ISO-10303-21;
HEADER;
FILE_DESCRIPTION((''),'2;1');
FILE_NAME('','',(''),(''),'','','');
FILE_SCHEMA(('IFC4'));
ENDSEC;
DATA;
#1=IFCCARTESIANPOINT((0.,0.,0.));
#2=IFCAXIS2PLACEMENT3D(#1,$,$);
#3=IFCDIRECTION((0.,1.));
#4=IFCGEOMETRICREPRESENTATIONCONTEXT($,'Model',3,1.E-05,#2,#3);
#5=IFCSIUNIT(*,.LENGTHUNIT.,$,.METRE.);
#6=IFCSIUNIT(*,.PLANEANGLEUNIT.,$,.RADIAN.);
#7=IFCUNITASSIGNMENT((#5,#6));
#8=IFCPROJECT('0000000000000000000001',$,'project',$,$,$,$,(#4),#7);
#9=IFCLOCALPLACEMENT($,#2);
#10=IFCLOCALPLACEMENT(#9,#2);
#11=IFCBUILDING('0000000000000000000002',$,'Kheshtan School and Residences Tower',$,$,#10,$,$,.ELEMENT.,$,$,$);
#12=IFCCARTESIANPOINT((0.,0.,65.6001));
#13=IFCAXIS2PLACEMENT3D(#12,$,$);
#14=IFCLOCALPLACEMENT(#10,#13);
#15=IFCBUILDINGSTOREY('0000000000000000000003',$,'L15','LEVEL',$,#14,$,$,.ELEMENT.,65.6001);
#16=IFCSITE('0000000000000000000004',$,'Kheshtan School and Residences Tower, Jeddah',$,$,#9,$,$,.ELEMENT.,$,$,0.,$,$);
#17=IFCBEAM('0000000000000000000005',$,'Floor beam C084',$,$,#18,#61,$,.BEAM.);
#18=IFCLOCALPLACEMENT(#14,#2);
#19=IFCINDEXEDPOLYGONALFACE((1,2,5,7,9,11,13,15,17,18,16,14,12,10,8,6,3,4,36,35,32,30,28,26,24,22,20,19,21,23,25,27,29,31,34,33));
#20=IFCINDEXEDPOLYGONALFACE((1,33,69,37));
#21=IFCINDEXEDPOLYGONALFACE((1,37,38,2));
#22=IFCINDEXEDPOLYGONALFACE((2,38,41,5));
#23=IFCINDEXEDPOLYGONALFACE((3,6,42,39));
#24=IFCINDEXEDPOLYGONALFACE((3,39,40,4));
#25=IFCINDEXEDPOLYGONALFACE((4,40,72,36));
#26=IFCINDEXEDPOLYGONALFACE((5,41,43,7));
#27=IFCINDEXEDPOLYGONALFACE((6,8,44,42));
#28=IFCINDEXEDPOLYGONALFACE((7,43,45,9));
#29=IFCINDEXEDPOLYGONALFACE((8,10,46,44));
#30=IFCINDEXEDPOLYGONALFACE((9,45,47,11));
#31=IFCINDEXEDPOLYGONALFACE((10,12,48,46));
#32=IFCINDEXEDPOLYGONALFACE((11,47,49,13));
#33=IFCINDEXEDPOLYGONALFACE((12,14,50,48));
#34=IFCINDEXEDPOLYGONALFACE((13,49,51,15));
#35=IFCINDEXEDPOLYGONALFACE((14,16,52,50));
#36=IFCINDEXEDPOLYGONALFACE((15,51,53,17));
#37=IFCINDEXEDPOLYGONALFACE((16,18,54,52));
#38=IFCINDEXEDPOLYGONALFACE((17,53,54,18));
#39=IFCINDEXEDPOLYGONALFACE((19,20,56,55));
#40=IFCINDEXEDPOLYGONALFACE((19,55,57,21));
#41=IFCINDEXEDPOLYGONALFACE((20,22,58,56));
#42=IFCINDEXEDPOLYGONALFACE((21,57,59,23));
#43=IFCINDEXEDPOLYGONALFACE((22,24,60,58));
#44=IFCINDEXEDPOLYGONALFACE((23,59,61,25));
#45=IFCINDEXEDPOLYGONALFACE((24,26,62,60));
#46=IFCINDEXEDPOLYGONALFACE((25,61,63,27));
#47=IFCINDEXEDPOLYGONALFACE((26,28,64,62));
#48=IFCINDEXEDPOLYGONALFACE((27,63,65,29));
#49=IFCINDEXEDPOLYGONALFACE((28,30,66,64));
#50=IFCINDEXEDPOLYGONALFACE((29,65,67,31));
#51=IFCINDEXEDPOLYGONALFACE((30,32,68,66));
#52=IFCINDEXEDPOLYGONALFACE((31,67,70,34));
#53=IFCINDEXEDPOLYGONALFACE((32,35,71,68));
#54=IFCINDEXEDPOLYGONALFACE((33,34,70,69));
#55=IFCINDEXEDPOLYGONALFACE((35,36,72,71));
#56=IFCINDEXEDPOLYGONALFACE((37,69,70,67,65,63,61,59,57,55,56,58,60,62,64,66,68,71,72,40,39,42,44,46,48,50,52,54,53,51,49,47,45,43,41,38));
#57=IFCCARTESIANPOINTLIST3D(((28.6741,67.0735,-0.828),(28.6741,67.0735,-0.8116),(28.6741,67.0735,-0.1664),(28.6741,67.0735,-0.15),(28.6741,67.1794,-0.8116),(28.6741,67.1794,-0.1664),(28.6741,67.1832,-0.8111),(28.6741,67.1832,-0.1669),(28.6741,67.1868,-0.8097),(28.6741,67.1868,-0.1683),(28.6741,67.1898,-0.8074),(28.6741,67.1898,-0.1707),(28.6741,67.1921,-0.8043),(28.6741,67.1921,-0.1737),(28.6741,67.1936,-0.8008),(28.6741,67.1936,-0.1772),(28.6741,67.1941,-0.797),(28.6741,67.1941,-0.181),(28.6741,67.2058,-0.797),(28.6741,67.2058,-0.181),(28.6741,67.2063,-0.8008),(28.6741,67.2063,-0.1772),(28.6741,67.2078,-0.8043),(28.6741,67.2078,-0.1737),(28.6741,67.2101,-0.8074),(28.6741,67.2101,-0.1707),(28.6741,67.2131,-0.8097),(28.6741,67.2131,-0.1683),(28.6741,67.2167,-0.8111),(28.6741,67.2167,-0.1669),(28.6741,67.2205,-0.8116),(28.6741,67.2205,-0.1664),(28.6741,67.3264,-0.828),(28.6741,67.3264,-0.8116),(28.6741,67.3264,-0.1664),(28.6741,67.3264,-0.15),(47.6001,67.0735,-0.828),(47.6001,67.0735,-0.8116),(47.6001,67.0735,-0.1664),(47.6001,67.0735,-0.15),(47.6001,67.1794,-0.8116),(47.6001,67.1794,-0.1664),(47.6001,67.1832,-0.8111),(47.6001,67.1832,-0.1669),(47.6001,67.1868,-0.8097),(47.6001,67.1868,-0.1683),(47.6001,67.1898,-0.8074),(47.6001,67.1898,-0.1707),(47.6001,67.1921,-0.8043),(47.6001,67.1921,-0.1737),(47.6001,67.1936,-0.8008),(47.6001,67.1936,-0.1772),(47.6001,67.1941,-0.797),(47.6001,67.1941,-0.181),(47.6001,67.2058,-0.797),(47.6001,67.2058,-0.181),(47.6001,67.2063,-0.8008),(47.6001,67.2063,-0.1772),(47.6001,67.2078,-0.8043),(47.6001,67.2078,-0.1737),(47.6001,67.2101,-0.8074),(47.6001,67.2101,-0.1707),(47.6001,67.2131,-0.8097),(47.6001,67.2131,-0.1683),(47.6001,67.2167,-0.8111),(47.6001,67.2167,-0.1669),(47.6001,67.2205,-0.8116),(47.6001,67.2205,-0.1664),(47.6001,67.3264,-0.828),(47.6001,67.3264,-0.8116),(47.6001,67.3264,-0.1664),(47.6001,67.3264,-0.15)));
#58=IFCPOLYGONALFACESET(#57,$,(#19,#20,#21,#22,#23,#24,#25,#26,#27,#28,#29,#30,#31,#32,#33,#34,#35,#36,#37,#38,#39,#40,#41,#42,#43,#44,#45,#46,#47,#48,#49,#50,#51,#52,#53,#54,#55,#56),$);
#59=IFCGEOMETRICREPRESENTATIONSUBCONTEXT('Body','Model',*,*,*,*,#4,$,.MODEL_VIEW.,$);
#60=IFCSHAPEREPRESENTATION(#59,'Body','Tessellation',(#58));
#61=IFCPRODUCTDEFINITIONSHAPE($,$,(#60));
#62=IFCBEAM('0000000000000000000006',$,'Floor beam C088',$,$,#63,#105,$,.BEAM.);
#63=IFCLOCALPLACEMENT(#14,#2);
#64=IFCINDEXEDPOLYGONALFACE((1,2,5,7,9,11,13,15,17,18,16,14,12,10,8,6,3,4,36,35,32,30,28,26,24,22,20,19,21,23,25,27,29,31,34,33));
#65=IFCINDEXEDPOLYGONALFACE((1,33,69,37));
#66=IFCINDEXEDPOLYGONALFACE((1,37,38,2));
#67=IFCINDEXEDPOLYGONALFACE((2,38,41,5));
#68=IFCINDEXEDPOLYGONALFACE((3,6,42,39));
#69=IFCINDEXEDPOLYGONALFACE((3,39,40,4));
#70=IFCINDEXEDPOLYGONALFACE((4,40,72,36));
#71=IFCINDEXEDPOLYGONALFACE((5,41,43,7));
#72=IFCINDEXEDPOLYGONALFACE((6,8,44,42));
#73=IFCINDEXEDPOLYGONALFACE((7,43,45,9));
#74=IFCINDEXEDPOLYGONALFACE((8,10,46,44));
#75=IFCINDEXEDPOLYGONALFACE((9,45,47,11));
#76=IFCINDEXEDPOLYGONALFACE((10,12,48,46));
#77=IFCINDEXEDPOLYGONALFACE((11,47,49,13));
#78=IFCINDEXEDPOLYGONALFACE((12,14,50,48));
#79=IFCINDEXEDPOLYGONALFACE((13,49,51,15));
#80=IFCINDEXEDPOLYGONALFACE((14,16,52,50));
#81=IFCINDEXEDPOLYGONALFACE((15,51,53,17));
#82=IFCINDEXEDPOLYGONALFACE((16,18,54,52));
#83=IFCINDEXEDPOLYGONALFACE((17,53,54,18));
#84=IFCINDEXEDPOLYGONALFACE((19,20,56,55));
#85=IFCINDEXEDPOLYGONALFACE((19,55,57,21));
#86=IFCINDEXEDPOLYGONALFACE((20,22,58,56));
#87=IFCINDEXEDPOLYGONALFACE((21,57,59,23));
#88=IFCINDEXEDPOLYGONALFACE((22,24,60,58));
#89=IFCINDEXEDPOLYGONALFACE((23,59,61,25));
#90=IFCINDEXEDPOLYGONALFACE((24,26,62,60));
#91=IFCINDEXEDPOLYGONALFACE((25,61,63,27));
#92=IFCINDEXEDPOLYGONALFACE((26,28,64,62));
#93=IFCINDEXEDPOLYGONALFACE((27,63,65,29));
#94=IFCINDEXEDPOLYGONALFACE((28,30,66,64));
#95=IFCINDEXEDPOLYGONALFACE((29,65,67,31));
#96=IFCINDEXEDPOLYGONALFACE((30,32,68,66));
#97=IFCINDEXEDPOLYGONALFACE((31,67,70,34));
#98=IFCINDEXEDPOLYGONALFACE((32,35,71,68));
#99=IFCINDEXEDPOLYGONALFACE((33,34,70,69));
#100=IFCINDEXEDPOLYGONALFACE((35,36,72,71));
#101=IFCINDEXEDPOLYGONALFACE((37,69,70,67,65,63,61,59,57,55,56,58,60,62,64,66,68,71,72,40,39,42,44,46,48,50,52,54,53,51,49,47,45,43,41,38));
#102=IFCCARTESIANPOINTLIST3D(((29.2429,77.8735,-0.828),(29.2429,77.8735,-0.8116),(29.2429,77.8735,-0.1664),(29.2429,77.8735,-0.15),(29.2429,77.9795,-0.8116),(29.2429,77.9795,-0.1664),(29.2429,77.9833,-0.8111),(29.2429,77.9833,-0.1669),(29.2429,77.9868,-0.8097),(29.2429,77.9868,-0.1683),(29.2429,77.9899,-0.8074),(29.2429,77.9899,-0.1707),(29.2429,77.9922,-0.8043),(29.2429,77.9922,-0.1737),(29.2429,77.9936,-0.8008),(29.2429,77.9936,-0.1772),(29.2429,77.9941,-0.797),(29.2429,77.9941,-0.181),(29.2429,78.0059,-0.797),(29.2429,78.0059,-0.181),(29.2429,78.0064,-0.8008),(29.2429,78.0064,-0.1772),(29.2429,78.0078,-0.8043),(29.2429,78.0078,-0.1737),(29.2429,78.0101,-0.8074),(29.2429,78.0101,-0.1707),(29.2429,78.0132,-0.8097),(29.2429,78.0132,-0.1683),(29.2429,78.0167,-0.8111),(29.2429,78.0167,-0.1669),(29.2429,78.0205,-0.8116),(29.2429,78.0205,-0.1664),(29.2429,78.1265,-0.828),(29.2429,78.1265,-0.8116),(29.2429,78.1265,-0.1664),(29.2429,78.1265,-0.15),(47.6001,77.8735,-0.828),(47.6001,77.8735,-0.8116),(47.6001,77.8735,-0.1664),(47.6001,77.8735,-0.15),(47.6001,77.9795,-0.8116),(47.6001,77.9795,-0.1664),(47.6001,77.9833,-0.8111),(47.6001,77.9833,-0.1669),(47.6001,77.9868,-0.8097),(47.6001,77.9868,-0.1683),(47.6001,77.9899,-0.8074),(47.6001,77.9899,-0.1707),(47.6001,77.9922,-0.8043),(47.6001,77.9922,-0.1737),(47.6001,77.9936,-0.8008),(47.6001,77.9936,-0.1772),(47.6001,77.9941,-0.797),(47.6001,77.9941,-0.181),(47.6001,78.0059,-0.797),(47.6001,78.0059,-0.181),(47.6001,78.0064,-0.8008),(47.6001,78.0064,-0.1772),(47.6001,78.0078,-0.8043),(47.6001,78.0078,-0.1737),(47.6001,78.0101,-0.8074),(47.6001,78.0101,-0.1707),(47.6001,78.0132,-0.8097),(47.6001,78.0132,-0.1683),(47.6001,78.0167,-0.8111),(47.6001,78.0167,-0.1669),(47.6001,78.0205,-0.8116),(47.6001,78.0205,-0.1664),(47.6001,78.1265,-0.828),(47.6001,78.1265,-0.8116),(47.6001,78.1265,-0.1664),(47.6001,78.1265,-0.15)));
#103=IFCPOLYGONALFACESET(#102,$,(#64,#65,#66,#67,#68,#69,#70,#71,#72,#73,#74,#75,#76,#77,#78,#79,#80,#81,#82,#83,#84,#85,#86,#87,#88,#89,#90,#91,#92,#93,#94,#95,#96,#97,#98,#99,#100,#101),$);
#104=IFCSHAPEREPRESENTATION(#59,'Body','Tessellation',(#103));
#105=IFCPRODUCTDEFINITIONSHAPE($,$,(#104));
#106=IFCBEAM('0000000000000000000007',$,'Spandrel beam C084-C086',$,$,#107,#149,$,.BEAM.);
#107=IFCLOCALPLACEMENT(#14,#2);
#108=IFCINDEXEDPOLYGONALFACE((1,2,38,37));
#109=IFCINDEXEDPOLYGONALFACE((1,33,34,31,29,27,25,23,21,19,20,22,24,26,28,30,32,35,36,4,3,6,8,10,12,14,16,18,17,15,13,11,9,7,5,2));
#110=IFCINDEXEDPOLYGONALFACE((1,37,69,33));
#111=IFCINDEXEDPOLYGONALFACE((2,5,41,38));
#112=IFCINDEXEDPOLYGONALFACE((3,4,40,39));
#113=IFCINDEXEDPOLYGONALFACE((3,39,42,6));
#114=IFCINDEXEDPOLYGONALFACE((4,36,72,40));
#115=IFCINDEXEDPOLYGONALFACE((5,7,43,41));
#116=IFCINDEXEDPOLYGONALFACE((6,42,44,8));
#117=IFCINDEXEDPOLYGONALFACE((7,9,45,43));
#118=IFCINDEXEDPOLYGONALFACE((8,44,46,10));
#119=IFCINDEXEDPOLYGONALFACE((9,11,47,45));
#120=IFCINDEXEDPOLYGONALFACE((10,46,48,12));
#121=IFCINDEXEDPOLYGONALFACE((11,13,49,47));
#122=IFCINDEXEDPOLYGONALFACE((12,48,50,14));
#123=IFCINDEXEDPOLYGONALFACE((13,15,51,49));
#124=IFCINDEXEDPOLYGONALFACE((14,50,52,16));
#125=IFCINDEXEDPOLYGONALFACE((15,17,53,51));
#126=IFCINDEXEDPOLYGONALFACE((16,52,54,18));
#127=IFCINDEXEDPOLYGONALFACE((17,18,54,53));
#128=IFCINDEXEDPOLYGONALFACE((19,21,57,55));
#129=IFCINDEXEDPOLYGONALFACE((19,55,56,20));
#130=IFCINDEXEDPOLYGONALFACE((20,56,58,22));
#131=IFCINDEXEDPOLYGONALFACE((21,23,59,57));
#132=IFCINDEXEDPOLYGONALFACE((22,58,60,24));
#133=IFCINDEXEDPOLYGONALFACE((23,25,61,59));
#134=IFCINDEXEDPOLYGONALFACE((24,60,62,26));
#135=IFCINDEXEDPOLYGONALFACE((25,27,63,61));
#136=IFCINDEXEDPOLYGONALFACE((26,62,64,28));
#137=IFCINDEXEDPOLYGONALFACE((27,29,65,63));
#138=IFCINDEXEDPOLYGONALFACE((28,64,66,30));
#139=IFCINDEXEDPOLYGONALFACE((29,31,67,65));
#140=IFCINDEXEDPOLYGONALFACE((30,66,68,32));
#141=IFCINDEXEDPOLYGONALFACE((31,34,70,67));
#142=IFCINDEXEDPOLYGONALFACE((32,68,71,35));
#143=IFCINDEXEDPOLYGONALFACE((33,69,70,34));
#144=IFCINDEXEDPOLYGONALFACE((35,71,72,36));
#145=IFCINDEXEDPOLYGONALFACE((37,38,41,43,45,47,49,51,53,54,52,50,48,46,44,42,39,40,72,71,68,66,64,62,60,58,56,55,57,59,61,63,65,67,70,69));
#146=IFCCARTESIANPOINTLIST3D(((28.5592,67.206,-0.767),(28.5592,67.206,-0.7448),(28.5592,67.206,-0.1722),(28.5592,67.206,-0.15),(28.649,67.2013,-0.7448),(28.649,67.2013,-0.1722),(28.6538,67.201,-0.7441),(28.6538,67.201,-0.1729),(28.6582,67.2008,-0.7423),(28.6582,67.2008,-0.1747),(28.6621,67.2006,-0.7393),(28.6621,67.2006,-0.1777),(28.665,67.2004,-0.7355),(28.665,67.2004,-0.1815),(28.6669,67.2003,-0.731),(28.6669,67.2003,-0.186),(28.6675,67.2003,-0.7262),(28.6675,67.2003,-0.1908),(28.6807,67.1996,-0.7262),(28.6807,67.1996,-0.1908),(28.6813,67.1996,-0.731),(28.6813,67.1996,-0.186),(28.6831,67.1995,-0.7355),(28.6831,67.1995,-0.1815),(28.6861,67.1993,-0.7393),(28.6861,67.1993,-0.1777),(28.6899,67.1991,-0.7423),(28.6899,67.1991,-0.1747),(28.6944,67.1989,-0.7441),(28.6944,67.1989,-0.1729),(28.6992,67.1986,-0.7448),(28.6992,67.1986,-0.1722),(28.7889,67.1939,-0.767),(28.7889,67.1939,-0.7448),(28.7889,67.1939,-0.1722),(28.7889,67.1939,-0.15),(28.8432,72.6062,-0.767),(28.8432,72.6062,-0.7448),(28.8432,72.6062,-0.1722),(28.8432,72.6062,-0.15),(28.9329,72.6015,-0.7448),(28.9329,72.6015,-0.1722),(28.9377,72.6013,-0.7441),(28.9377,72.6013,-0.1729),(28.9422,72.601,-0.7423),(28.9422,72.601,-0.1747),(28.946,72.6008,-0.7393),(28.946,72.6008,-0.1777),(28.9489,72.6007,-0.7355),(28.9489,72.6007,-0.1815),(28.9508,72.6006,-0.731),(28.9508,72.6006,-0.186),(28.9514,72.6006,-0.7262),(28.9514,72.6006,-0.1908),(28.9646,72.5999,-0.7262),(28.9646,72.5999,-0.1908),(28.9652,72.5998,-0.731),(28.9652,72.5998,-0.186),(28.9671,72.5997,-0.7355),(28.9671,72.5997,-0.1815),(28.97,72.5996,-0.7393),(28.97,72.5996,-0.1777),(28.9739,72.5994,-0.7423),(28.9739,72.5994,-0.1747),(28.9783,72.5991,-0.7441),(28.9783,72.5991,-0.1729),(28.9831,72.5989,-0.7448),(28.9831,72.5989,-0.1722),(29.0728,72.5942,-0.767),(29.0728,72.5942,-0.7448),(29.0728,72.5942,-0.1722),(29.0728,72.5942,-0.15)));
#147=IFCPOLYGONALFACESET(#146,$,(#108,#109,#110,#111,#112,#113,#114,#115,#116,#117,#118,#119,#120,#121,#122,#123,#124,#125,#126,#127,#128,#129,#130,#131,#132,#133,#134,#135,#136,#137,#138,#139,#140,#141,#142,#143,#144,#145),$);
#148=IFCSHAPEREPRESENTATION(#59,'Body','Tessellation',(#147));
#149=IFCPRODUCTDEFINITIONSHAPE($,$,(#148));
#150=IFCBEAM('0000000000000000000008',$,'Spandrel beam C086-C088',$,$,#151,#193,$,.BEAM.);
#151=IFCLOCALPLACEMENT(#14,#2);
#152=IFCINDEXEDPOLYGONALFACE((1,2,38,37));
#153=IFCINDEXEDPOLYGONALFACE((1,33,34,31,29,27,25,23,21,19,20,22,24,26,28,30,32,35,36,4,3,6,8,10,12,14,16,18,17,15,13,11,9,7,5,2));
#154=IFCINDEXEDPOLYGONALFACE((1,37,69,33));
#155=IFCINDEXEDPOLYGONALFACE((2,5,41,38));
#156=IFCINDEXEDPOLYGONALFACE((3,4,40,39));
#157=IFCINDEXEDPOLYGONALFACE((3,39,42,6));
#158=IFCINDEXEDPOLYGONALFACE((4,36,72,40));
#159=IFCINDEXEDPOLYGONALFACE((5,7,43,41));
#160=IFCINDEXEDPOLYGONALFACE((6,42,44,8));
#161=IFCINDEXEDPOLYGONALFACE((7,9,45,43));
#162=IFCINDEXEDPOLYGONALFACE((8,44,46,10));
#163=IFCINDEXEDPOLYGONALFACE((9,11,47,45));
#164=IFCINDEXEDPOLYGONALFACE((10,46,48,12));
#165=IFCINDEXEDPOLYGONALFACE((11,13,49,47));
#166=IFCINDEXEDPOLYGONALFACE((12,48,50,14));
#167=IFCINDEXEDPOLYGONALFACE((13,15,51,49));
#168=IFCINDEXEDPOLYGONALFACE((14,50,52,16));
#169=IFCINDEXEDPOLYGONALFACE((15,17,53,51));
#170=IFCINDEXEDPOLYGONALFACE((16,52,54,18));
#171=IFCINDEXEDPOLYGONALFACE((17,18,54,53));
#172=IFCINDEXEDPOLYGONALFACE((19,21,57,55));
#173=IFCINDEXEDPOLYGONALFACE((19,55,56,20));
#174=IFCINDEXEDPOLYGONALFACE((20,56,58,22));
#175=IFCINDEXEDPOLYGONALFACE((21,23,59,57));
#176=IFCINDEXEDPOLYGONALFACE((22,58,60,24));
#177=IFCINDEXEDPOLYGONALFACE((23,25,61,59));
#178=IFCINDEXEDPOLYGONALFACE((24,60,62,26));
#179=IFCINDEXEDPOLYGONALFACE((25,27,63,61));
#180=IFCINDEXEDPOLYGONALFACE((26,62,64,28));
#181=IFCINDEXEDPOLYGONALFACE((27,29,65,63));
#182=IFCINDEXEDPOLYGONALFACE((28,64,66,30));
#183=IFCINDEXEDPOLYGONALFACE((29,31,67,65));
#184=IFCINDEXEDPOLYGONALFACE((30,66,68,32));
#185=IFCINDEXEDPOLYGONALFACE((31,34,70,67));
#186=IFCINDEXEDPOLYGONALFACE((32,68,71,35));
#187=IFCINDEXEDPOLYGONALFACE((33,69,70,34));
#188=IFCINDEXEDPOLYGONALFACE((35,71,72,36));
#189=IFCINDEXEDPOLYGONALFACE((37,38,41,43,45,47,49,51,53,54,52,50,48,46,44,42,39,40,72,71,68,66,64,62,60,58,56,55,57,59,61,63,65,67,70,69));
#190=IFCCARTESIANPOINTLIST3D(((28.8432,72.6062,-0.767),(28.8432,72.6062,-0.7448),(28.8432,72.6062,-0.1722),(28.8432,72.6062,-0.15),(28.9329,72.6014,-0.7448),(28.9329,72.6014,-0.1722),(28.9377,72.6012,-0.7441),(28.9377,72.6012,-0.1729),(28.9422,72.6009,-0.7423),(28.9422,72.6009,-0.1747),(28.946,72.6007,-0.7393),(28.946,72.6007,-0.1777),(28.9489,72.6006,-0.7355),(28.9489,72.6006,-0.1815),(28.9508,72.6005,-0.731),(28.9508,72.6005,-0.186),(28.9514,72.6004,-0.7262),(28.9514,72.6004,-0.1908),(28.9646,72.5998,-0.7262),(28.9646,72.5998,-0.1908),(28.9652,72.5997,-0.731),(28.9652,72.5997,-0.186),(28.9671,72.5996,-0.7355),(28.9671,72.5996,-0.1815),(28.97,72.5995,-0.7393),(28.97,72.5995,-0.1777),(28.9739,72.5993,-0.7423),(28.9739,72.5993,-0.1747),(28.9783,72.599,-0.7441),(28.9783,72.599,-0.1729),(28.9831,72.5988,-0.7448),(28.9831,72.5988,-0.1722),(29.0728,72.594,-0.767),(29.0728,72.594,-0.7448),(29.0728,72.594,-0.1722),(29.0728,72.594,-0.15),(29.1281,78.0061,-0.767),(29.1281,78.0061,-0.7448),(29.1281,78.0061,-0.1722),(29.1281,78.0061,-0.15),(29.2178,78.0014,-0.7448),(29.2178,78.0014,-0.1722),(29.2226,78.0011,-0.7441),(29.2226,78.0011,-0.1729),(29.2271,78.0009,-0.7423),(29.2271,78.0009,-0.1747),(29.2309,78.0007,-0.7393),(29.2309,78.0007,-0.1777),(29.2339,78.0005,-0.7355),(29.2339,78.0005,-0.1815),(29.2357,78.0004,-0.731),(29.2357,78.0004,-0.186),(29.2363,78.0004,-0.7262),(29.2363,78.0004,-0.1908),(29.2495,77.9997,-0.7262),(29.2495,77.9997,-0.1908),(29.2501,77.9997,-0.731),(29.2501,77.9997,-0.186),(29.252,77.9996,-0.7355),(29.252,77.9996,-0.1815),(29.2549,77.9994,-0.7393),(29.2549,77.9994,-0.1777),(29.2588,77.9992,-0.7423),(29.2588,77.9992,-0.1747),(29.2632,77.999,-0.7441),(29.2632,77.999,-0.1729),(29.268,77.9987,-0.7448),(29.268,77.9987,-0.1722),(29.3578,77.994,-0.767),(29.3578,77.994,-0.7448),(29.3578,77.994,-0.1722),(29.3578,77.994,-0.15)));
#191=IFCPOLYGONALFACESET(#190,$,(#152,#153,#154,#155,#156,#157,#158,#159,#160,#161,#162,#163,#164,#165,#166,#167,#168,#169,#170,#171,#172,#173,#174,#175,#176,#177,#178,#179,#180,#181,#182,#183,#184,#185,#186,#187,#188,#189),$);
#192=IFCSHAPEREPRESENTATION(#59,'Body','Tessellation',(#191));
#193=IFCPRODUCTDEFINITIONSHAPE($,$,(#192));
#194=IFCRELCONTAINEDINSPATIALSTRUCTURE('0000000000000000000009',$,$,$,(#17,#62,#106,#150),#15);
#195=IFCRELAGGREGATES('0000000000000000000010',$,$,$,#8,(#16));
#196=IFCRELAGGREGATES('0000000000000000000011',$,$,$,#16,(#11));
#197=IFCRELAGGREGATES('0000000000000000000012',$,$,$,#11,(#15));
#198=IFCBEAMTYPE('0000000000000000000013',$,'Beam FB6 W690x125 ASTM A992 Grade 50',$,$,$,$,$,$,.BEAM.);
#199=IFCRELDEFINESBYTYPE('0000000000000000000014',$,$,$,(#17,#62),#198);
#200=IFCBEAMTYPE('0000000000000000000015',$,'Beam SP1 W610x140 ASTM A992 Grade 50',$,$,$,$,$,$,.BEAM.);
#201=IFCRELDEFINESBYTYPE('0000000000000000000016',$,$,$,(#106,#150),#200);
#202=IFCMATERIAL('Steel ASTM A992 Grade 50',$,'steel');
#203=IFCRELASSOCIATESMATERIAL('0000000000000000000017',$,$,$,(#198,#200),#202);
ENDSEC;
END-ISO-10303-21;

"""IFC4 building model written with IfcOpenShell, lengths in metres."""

from ifc_helpers import new_model, si_unit, direction, frame, origin, origin_2d, place, context, subcontext, project, spatial, i_section, extrude, material, material_profile, profile_set, type_object, element, save


model = new_model("IFC4")

# Units and contexts
model_context = context("Model", 3, precision=1e-05, world=origin(), true_north=direction((0.0, 1.0)))
body_context = subcontext(model_context, "Body", "Model", "MODEL_VIEW")
ifc_project = project(units=[si_unit("LENGTHUNIT", "METRE"), si_unit("PLANEANGLEUNIT", "RADIAN")], contexts=[model_context])

# Site, building, storey
site_placement = place(None, origin())
site = spatial("IfcSite", under=ifc_project, at=site_placement, Name="Kheshtan School and Residences Tower, Jeddah", CompositionType="ELEMENT", RefElevation=0.0)
building_placement = place(site_placement, origin())
building = spatial("IfcBuilding", under=site, at=building_placement, Name="Kheshtan School and Residences Tower", CompositionType="ELEMENT")
storey_placement = place(building_placement, frame((0.0, 0.0, 65.6001)))
storey = spatial("IfcBuildingStorey", under=building, at=storey_placement, Name="L15", Description="LEVEL", CompositionType="ELEMENT", Elevation=65.6001)

# Shared definitions
ifc_material_1 = material(Name="Steel ASTM A992 Grade 50", Category="steel")

# Beams
ifc_material_profile_1 = material_profile(ifc_material_1, i_section(OverallWidth=0.2529, OverallDepth=0.678, WebThickness=0.0117, FlangeThickness=0.0164, FilletRadius=0.0146, at=origin_2d()), Name="W690x125")
ifc_profile_set_1 = profile_set([ifc_material_profile_1], Name="Steel ASTM A992 Grade 50")
beam_type_1 = type_object("IfcBeamType", Name="Beam FB6 W690x125 ASTM A992 Grade 50", PredefinedType="BEAM", material=ifc_profile_set_1)
beam_1_placement = place(storey_placement, frame((28.6741, 67.2, -0.489), z_axis=(1.0, 0.0, 0.0), x_axis=(0.0, 1.0, 0.0)))
element("IfcBeam", 1, at=beam_1_placement, inside=storey, type_object=beam_type_1, Name="Floor beam C084", PredefinedType="BEAM", context=body_context, shape_type="SweptSolid", body=[
    extrude(i_section(OverallWidth=0.2529, OverallDepth=0.678, WebThickness=0.0117, FlangeThickness=0.0164, FilletRadius=0.0146, at=origin_2d()), origin(), (0.0, 0.0, 1.0), 18.926),
])
beam_2_placement = place(storey_placement, frame((29.2429, 78.0, -0.489), z_axis=(1.0, 0.0, 0.0), x_axis=(0.0, 1.0, 0.0)))
element("IfcBeam", 2, at=beam_2_placement, inside=storey, type_object=beam_type_1, Name="Floor beam C088", PredefinedType="BEAM", context=body_context, shape_type="SweptSolid", body=[
    extrude(i_section(OverallWidth=0.2529, OverallDepth=0.678, WebThickness=0.0117, FlangeThickness=0.0164, FilletRadius=0.0146, at=origin_2d()), origin(), (0.0, 0.0, 1.0), 18.3572),
])
ifc_material_profile_2 = material_profile(ifc_material_1, i_section(OverallWidth=0.23, OverallDepth=0.6169, WebThickness=0.0132, FlangeThickness=0.0222, FilletRadius=0.0186, at=origin_2d()), Name="W610x140")
ifc_profile_set_2 = profile_set([ifc_material_profile_2], Name="Steel ASTM A992 Grade 50")
beam_type_2 = type_object("IfcBeamType", Name="Beam SP1 W610x140 ASTM A992 Grade 50", PredefinedType="BEAM", material=ifc_profile_set_2)
beam_3_placement = place(storey_placement, frame((28.6741, 67.2, -0.4585), z_axis=(0.052507, 0.998621, 0.0), x_axis=(-0.998621, 0.052507, 0.0)))
element("IfcBeam", 3, at=beam_3_placement, inside=storey, type_object=beam_type_2, Name="Spandrel beam C084-C086", PredefinedType="BEAM", context=body_context, shape_type="SweptSolid", body=[
    extrude(i_section(OverallWidth=0.23, OverallDepth=0.6169, WebThickness=0.0132, FlangeThickness=0.0222, FilletRadius=0.0186, at=origin_2d()), origin(), (0.0, 0.0, 1.0), 5.4077),
])
for number, where, z_axis, x_axis, name in (
    (4, (28.958, 72.6001, -0.4585), (0.052689, 0.998611, 0.0), (-0.998611, 0.052689, 0.0), "Spandrel beam C086-C088"),
):
    element("IfcBeam", number, at=place(storey_placement, frame(where, z_axis=z_axis, x_axis=x_axis)), inside=storey, type_object=beam_type_2, Name=name, PredefinedType="BEAM", context=body_context, shape_type="SweptSolid", body=[
        extrude(i_section(OverallWidth=0.23, OverallDepth=0.6169, WebThickness=0.0132, FlangeThickness=0.0222, FilletRadius=0.0186, at=origin_2d()), origin(), (0.0, 0.0, 1.0), 5.4075),
    ])

save(model, "model.ifc")
